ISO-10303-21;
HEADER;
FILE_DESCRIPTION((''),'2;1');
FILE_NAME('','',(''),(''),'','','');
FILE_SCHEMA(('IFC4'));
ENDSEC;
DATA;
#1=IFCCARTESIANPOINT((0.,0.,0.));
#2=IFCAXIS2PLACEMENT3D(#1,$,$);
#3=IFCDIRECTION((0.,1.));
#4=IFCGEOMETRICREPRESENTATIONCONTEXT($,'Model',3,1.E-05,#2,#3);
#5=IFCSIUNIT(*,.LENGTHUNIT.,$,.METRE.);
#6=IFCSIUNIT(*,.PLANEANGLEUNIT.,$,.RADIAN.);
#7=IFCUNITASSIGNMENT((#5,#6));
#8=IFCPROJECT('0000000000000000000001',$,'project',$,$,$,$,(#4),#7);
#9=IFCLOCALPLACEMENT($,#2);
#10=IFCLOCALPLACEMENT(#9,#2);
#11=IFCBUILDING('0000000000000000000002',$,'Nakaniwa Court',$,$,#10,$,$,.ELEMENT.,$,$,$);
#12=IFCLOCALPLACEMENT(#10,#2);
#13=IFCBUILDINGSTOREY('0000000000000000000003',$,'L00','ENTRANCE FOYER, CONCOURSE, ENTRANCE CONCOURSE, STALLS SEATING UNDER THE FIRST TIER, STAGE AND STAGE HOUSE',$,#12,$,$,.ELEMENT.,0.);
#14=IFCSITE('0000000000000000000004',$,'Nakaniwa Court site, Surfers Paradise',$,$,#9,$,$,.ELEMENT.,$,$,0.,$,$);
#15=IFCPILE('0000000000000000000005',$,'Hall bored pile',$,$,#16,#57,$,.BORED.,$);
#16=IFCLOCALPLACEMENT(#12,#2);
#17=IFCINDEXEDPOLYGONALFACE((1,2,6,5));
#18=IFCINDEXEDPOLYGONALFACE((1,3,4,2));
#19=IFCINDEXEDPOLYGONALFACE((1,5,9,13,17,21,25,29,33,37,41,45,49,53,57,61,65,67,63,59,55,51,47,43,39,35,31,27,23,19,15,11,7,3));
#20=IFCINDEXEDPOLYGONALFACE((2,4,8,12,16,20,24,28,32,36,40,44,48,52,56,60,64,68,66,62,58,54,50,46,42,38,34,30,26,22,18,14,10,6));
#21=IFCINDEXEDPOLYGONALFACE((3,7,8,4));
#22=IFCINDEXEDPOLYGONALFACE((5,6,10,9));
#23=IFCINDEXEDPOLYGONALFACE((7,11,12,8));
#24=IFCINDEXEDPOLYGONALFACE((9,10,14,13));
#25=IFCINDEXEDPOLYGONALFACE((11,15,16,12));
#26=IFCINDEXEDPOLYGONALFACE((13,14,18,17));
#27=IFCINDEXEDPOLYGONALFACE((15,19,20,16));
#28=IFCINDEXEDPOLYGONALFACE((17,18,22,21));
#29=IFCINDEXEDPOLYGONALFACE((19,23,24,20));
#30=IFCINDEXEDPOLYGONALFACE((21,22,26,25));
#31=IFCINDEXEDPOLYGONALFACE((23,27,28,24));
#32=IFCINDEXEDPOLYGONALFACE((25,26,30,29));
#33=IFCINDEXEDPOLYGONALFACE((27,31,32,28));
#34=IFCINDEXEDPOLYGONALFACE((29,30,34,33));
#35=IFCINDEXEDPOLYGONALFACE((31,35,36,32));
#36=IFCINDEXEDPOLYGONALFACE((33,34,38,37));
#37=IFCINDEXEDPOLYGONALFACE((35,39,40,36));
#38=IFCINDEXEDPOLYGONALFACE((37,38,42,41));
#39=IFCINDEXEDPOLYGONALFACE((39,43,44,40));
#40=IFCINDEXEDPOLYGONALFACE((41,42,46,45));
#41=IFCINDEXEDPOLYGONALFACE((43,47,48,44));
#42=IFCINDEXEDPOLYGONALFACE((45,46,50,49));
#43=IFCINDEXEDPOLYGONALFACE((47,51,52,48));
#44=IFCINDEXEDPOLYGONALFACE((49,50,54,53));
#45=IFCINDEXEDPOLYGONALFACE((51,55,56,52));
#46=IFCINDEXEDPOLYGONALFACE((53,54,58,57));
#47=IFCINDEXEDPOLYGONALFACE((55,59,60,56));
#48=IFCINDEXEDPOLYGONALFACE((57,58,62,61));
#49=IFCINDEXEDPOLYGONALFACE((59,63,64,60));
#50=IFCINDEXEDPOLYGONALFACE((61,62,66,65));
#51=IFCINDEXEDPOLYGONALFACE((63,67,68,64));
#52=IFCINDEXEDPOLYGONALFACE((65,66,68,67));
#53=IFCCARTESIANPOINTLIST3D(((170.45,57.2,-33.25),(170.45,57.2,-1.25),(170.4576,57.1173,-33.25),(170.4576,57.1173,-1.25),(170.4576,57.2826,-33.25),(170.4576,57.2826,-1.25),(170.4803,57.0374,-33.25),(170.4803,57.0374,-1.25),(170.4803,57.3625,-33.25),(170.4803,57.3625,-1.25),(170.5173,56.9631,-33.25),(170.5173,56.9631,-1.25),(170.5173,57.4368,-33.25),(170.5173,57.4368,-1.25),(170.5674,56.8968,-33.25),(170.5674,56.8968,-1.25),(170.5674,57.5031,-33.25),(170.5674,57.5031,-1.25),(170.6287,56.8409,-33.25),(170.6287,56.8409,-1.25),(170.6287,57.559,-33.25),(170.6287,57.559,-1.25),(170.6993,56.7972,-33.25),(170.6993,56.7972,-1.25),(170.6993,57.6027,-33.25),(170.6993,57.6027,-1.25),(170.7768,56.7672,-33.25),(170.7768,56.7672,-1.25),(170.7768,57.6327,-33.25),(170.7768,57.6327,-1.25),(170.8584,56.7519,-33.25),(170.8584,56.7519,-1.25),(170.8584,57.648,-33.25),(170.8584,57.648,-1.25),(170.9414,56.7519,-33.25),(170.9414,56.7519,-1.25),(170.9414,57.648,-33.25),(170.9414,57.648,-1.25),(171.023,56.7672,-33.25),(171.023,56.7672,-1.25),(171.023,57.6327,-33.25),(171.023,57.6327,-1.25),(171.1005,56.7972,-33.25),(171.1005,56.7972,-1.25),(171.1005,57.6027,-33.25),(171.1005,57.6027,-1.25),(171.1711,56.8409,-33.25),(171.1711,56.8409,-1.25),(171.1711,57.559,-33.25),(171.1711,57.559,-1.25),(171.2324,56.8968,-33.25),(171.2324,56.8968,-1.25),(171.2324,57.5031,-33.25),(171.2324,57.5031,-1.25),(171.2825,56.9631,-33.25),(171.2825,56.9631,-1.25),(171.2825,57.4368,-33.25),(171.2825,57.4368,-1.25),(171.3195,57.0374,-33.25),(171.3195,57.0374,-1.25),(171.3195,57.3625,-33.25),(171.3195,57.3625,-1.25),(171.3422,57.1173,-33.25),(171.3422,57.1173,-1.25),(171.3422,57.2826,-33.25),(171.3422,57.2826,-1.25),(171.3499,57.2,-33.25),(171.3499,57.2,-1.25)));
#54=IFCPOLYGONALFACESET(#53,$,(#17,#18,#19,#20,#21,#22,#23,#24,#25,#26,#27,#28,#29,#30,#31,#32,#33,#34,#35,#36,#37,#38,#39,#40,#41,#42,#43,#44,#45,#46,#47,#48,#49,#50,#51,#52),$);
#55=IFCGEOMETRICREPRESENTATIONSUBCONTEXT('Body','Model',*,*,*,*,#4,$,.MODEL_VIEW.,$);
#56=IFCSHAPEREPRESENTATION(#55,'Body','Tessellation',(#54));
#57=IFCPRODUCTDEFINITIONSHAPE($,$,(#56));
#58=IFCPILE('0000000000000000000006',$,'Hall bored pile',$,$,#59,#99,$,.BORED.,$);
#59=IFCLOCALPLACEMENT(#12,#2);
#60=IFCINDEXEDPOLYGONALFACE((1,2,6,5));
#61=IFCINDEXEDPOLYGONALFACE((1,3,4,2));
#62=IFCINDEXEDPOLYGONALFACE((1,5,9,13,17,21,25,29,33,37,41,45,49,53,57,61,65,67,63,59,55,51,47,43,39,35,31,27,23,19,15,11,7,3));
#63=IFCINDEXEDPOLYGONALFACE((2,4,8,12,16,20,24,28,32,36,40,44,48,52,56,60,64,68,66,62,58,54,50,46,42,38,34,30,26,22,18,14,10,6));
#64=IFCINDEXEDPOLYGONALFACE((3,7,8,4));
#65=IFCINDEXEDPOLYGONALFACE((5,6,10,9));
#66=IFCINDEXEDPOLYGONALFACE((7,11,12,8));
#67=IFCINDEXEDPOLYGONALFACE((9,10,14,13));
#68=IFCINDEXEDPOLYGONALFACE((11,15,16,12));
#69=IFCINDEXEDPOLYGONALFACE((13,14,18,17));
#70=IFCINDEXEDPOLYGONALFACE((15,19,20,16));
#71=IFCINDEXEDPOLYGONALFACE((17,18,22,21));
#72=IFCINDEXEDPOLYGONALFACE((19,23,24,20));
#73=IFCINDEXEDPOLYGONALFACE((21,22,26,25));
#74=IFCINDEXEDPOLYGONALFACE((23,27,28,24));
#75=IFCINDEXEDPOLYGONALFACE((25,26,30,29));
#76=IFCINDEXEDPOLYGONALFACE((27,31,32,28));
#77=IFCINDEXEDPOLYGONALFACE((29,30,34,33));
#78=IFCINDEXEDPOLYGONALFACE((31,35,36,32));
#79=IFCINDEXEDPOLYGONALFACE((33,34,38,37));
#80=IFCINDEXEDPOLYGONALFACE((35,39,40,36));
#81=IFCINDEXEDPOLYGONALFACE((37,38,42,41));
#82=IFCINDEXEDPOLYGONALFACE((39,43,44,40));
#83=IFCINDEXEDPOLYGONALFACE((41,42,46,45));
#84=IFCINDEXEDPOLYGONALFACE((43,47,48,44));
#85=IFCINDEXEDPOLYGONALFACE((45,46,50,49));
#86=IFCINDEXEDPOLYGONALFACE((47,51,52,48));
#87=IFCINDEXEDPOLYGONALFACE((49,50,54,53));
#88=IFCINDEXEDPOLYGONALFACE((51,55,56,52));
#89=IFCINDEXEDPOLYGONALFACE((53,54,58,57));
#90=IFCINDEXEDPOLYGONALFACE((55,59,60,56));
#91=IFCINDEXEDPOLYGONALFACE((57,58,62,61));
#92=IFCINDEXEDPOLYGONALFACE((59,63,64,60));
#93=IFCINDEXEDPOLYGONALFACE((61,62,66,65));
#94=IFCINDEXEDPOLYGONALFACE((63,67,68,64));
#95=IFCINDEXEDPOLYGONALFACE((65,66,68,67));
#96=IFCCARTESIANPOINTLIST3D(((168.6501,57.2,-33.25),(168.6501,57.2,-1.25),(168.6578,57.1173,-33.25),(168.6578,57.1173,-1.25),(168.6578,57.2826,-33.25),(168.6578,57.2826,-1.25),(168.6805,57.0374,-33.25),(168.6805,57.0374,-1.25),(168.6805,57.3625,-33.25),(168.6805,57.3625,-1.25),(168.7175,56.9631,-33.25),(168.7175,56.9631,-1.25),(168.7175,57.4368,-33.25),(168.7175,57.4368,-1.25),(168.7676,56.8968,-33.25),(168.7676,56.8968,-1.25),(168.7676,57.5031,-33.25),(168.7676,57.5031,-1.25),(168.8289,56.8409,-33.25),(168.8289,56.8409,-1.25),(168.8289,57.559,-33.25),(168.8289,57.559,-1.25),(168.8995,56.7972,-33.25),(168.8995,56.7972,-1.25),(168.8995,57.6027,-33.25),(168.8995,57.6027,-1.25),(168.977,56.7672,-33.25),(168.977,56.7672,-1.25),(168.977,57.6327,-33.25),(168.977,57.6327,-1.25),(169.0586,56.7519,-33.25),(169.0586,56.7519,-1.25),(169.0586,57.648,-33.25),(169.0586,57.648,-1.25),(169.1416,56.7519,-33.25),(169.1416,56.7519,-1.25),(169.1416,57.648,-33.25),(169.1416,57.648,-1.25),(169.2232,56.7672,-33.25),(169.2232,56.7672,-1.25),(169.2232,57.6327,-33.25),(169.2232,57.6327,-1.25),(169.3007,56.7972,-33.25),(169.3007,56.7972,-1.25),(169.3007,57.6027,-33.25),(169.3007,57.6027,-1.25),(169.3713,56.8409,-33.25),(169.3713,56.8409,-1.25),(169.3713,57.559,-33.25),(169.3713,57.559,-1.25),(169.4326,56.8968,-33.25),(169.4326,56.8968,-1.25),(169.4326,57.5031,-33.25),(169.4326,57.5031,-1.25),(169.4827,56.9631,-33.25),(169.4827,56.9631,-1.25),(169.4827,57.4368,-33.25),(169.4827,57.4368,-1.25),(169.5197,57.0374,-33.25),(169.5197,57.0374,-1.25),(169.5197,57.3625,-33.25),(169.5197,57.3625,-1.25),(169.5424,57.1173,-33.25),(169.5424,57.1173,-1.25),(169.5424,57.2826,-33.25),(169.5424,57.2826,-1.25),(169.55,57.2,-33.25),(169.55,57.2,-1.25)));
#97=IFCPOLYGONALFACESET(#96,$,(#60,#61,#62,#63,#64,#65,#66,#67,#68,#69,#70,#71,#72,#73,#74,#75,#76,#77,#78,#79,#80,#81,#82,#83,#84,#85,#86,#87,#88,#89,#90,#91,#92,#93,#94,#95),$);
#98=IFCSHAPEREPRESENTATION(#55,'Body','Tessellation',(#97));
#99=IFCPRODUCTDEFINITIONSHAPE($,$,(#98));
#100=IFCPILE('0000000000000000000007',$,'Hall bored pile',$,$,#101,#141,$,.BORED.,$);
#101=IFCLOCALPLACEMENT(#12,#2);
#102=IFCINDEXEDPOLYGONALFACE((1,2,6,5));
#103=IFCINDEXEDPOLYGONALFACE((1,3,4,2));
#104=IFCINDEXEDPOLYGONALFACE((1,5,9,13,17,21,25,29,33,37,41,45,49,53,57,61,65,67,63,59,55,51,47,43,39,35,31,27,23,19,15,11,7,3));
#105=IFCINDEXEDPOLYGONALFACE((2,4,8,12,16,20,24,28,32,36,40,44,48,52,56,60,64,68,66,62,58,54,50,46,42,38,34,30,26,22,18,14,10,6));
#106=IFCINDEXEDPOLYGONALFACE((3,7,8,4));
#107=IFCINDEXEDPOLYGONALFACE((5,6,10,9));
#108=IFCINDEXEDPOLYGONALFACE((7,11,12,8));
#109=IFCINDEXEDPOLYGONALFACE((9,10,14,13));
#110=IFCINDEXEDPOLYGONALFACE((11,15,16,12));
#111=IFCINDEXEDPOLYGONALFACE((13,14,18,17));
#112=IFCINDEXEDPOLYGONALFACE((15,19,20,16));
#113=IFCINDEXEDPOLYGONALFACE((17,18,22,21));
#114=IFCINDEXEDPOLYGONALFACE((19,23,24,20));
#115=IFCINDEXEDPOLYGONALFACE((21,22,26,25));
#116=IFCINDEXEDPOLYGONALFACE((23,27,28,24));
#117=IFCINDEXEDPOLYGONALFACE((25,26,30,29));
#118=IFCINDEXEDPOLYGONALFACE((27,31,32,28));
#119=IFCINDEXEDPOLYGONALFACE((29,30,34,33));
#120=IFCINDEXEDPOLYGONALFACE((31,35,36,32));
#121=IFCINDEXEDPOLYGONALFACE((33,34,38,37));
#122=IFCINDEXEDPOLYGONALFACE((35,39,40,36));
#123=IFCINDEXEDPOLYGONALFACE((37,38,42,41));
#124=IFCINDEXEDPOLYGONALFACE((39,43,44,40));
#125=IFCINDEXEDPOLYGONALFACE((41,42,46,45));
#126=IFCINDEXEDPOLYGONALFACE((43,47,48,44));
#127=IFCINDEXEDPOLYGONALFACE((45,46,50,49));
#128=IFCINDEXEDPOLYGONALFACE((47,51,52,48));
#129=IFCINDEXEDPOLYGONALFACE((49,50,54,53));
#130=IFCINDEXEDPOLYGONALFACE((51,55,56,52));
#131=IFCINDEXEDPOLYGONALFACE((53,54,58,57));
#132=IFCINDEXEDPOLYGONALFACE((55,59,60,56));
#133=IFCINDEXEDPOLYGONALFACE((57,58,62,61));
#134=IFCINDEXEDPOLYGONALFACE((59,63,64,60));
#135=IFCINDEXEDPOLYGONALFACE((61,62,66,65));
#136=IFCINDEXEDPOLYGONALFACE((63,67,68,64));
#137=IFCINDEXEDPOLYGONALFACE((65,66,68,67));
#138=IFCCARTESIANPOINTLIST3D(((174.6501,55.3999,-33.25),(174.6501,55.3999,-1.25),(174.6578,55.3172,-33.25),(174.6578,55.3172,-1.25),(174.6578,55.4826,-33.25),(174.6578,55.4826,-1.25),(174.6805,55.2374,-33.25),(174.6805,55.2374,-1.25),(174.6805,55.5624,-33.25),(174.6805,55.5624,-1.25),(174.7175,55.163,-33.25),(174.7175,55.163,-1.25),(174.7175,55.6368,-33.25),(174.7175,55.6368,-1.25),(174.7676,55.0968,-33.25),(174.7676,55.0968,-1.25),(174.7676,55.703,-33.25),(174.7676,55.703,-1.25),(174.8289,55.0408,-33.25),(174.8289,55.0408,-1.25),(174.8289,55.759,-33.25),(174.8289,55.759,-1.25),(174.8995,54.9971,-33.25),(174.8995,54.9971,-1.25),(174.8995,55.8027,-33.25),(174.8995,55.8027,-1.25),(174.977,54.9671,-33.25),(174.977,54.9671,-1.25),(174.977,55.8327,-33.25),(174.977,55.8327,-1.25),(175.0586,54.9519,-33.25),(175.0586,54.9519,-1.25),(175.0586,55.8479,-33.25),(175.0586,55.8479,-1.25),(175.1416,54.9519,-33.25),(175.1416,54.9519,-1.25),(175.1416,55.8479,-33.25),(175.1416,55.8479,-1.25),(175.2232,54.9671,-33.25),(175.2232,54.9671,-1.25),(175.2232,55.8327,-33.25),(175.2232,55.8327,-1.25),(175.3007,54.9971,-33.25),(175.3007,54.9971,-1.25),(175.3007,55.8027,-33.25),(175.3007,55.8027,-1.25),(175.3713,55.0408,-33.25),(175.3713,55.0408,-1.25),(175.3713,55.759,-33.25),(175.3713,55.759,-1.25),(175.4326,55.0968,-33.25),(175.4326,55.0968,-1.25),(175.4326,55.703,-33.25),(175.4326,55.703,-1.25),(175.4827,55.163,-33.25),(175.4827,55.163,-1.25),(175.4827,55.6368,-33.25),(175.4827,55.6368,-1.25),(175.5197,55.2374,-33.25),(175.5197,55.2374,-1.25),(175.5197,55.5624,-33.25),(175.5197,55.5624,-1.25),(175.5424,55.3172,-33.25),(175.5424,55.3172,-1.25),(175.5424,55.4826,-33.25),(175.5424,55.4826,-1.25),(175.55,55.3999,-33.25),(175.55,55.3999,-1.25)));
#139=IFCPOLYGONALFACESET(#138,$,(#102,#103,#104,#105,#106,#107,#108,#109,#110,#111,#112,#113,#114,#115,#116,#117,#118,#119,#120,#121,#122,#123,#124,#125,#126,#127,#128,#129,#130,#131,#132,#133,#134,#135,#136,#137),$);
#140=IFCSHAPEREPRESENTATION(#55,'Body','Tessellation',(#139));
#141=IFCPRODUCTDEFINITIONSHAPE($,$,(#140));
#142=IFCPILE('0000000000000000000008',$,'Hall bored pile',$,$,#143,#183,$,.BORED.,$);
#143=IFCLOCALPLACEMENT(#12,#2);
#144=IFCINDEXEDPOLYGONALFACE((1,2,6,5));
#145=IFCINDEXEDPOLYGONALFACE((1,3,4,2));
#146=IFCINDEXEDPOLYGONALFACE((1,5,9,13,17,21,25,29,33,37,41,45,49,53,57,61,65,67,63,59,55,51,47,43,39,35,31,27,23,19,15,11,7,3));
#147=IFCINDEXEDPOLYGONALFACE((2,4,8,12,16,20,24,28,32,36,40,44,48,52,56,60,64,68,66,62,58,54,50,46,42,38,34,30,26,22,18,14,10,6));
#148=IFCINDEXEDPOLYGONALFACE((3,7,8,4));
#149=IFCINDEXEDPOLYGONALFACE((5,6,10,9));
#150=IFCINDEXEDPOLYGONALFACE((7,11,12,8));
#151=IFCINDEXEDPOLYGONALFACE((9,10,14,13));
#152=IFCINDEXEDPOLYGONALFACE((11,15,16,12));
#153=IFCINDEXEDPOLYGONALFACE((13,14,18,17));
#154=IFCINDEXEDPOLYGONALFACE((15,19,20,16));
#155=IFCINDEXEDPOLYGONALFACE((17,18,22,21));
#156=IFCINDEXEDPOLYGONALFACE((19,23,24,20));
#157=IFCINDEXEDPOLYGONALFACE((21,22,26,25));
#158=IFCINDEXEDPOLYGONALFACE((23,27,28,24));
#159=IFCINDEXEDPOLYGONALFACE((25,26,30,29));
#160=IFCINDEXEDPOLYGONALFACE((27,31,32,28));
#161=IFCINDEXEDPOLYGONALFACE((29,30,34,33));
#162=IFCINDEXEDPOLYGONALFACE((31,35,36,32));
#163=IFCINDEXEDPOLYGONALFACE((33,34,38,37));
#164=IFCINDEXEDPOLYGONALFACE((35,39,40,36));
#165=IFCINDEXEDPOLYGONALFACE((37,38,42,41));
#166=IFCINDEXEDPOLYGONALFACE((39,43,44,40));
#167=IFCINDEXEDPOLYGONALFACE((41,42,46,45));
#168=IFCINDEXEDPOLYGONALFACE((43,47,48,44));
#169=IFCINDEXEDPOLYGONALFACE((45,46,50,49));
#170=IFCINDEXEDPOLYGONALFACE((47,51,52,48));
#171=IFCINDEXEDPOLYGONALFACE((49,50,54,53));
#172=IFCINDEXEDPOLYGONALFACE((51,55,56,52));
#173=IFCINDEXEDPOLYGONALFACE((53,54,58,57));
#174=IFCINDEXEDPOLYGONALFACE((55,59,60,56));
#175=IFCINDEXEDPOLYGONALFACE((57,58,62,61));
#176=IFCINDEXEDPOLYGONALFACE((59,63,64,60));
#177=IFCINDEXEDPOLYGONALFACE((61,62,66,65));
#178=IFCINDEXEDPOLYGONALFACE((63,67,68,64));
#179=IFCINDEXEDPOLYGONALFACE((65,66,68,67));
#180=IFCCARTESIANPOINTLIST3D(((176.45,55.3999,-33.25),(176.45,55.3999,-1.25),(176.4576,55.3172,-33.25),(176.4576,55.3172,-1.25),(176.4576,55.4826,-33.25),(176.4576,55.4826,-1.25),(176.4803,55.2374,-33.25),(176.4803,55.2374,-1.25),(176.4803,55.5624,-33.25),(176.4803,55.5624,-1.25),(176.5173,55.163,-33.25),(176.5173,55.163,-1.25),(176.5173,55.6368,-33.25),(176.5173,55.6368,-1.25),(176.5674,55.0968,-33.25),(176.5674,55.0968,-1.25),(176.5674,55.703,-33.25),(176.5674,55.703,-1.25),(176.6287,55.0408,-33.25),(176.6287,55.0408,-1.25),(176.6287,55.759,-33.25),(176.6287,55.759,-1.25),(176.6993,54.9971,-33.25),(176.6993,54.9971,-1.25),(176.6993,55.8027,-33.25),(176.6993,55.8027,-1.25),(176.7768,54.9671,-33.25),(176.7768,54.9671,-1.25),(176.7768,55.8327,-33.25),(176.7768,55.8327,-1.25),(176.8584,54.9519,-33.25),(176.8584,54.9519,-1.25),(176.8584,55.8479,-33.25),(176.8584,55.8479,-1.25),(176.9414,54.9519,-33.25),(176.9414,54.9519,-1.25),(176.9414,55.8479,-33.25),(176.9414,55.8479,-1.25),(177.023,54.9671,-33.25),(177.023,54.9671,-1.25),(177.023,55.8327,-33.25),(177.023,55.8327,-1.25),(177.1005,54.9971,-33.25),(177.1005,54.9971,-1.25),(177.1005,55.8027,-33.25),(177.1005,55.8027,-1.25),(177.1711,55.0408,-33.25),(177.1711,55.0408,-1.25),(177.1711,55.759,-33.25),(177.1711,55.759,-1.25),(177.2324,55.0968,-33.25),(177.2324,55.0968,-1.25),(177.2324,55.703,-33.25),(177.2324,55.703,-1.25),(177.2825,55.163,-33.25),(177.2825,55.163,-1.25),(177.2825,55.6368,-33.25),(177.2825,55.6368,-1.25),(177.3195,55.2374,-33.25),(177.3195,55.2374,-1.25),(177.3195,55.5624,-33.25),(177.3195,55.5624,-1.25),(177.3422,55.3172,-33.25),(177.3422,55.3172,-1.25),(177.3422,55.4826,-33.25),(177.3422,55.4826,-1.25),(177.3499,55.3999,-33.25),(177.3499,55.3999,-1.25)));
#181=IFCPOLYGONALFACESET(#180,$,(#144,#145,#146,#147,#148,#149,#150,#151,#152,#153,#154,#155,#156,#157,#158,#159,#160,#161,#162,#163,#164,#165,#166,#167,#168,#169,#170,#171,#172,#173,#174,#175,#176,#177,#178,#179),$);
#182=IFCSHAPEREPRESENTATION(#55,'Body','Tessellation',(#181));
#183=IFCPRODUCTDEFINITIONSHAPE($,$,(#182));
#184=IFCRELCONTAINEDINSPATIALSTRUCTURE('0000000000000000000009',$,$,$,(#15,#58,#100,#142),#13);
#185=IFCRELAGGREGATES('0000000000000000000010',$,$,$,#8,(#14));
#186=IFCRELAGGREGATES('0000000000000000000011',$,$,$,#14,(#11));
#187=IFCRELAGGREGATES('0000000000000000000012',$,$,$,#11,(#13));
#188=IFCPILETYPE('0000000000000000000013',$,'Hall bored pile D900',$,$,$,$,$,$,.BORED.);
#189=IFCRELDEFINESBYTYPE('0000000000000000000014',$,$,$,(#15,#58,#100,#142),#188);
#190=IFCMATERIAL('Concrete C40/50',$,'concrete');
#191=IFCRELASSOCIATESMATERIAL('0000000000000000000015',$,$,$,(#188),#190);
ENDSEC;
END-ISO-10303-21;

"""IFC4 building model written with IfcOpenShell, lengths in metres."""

from ifc_helpers import new_model, si_unit, direction, frame, origin, origin_2d, place, context, subcontext, project, spatial, circle, extrude, material, material_profile, profile_set, type_object, element, save


model = new_model("IFC4")

# Units and contexts
model_context = context("Model", 3, precision=1e-05, world=origin(), true_north=direction((0.0, 1.0)))
body_context = subcontext(model_context, "Body", "Model", "MODEL_VIEW")
ifc_project = project(units=[si_unit("LENGTHUNIT", "METRE"), si_unit("PLANEANGLEUNIT", "RADIAN")], contexts=[model_context])

# Site, building, storey
site_placement = place(None, origin())
site = spatial("IfcSite", under=ifc_project, at=site_placement, Name="Nakaniwa Court site, Surfers Paradise", CompositionType="ELEMENT", RefElevation=0.0)
building_placement = place(site_placement, origin())
building = spatial("IfcBuilding", under=site, at=building_placement, Name="Nakaniwa Court", CompositionType="ELEMENT")
storey_placement = place(building_placement, origin())
storey = spatial("IfcBuildingStorey", under=building, at=storey_placement, Name="L00", Description="ENTRANCE FOYER, CONCOURSE, ENTRANCE CONCOURSE, STALLS SEATING UNDER THE FIRST TIER, STAGE AND STAGE HOUSE", CompositionType="ELEMENT", Elevation=0.0)

# Piles
ifc_material_1 = material(Name="Concrete C40/50", Category="concrete")
ifc_material_profile_1 = material_profile(ifc_material_1, circle(Radius=0.45, at=origin_2d()), Name="Bored pile D900")
ifc_profile_set_1 = profile_set([ifc_material_profile_1], Name="Concrete C40/50")
pile_type = type_object("IfcPileType", Name="Hall bored pile D900", PredefinedType="BORED", material=ifc_profile_set_1)
for number, where, z_axis, x_axis, name in (
    (1, (170.8999, 57.2, -1.25), (0.0, 0.0, -1.0), (1.0, 0.0, 0.0), "Hall bored pile"),
    (2, (169.1001, 57.2, -1.25), (0.0, 0.0, -1.0), (1.0, 0.0, 0.0), "Hall bored pile"),
    (3, (175.1001, 55.3999, -1.25), (0.0, 0.0, -1.0), (1.0, 0.0, 0.0), "Hall bored pile"),
    (4, (176.8999, 55.3999, -1.25), (0.0, 0.0, -1.0), (1.0, 0.0, 0.0), "Hall bored pile"),
):
    element("IfcPile", number, at=place(storey_placement, frame(where, z_axis=z_axis, x_axis=x_axis)), inside=storey, type_object=pile_type, Name=name, PredefinedType="BORED", context=body_context, shape_type="SweptSolid", body=[
        extrude(circle(Radius=0.45, at=origin_2d()), origin(), (0.0, 0.0, 1.0), 32.0),
    ])

save(model, "model.ifc")
